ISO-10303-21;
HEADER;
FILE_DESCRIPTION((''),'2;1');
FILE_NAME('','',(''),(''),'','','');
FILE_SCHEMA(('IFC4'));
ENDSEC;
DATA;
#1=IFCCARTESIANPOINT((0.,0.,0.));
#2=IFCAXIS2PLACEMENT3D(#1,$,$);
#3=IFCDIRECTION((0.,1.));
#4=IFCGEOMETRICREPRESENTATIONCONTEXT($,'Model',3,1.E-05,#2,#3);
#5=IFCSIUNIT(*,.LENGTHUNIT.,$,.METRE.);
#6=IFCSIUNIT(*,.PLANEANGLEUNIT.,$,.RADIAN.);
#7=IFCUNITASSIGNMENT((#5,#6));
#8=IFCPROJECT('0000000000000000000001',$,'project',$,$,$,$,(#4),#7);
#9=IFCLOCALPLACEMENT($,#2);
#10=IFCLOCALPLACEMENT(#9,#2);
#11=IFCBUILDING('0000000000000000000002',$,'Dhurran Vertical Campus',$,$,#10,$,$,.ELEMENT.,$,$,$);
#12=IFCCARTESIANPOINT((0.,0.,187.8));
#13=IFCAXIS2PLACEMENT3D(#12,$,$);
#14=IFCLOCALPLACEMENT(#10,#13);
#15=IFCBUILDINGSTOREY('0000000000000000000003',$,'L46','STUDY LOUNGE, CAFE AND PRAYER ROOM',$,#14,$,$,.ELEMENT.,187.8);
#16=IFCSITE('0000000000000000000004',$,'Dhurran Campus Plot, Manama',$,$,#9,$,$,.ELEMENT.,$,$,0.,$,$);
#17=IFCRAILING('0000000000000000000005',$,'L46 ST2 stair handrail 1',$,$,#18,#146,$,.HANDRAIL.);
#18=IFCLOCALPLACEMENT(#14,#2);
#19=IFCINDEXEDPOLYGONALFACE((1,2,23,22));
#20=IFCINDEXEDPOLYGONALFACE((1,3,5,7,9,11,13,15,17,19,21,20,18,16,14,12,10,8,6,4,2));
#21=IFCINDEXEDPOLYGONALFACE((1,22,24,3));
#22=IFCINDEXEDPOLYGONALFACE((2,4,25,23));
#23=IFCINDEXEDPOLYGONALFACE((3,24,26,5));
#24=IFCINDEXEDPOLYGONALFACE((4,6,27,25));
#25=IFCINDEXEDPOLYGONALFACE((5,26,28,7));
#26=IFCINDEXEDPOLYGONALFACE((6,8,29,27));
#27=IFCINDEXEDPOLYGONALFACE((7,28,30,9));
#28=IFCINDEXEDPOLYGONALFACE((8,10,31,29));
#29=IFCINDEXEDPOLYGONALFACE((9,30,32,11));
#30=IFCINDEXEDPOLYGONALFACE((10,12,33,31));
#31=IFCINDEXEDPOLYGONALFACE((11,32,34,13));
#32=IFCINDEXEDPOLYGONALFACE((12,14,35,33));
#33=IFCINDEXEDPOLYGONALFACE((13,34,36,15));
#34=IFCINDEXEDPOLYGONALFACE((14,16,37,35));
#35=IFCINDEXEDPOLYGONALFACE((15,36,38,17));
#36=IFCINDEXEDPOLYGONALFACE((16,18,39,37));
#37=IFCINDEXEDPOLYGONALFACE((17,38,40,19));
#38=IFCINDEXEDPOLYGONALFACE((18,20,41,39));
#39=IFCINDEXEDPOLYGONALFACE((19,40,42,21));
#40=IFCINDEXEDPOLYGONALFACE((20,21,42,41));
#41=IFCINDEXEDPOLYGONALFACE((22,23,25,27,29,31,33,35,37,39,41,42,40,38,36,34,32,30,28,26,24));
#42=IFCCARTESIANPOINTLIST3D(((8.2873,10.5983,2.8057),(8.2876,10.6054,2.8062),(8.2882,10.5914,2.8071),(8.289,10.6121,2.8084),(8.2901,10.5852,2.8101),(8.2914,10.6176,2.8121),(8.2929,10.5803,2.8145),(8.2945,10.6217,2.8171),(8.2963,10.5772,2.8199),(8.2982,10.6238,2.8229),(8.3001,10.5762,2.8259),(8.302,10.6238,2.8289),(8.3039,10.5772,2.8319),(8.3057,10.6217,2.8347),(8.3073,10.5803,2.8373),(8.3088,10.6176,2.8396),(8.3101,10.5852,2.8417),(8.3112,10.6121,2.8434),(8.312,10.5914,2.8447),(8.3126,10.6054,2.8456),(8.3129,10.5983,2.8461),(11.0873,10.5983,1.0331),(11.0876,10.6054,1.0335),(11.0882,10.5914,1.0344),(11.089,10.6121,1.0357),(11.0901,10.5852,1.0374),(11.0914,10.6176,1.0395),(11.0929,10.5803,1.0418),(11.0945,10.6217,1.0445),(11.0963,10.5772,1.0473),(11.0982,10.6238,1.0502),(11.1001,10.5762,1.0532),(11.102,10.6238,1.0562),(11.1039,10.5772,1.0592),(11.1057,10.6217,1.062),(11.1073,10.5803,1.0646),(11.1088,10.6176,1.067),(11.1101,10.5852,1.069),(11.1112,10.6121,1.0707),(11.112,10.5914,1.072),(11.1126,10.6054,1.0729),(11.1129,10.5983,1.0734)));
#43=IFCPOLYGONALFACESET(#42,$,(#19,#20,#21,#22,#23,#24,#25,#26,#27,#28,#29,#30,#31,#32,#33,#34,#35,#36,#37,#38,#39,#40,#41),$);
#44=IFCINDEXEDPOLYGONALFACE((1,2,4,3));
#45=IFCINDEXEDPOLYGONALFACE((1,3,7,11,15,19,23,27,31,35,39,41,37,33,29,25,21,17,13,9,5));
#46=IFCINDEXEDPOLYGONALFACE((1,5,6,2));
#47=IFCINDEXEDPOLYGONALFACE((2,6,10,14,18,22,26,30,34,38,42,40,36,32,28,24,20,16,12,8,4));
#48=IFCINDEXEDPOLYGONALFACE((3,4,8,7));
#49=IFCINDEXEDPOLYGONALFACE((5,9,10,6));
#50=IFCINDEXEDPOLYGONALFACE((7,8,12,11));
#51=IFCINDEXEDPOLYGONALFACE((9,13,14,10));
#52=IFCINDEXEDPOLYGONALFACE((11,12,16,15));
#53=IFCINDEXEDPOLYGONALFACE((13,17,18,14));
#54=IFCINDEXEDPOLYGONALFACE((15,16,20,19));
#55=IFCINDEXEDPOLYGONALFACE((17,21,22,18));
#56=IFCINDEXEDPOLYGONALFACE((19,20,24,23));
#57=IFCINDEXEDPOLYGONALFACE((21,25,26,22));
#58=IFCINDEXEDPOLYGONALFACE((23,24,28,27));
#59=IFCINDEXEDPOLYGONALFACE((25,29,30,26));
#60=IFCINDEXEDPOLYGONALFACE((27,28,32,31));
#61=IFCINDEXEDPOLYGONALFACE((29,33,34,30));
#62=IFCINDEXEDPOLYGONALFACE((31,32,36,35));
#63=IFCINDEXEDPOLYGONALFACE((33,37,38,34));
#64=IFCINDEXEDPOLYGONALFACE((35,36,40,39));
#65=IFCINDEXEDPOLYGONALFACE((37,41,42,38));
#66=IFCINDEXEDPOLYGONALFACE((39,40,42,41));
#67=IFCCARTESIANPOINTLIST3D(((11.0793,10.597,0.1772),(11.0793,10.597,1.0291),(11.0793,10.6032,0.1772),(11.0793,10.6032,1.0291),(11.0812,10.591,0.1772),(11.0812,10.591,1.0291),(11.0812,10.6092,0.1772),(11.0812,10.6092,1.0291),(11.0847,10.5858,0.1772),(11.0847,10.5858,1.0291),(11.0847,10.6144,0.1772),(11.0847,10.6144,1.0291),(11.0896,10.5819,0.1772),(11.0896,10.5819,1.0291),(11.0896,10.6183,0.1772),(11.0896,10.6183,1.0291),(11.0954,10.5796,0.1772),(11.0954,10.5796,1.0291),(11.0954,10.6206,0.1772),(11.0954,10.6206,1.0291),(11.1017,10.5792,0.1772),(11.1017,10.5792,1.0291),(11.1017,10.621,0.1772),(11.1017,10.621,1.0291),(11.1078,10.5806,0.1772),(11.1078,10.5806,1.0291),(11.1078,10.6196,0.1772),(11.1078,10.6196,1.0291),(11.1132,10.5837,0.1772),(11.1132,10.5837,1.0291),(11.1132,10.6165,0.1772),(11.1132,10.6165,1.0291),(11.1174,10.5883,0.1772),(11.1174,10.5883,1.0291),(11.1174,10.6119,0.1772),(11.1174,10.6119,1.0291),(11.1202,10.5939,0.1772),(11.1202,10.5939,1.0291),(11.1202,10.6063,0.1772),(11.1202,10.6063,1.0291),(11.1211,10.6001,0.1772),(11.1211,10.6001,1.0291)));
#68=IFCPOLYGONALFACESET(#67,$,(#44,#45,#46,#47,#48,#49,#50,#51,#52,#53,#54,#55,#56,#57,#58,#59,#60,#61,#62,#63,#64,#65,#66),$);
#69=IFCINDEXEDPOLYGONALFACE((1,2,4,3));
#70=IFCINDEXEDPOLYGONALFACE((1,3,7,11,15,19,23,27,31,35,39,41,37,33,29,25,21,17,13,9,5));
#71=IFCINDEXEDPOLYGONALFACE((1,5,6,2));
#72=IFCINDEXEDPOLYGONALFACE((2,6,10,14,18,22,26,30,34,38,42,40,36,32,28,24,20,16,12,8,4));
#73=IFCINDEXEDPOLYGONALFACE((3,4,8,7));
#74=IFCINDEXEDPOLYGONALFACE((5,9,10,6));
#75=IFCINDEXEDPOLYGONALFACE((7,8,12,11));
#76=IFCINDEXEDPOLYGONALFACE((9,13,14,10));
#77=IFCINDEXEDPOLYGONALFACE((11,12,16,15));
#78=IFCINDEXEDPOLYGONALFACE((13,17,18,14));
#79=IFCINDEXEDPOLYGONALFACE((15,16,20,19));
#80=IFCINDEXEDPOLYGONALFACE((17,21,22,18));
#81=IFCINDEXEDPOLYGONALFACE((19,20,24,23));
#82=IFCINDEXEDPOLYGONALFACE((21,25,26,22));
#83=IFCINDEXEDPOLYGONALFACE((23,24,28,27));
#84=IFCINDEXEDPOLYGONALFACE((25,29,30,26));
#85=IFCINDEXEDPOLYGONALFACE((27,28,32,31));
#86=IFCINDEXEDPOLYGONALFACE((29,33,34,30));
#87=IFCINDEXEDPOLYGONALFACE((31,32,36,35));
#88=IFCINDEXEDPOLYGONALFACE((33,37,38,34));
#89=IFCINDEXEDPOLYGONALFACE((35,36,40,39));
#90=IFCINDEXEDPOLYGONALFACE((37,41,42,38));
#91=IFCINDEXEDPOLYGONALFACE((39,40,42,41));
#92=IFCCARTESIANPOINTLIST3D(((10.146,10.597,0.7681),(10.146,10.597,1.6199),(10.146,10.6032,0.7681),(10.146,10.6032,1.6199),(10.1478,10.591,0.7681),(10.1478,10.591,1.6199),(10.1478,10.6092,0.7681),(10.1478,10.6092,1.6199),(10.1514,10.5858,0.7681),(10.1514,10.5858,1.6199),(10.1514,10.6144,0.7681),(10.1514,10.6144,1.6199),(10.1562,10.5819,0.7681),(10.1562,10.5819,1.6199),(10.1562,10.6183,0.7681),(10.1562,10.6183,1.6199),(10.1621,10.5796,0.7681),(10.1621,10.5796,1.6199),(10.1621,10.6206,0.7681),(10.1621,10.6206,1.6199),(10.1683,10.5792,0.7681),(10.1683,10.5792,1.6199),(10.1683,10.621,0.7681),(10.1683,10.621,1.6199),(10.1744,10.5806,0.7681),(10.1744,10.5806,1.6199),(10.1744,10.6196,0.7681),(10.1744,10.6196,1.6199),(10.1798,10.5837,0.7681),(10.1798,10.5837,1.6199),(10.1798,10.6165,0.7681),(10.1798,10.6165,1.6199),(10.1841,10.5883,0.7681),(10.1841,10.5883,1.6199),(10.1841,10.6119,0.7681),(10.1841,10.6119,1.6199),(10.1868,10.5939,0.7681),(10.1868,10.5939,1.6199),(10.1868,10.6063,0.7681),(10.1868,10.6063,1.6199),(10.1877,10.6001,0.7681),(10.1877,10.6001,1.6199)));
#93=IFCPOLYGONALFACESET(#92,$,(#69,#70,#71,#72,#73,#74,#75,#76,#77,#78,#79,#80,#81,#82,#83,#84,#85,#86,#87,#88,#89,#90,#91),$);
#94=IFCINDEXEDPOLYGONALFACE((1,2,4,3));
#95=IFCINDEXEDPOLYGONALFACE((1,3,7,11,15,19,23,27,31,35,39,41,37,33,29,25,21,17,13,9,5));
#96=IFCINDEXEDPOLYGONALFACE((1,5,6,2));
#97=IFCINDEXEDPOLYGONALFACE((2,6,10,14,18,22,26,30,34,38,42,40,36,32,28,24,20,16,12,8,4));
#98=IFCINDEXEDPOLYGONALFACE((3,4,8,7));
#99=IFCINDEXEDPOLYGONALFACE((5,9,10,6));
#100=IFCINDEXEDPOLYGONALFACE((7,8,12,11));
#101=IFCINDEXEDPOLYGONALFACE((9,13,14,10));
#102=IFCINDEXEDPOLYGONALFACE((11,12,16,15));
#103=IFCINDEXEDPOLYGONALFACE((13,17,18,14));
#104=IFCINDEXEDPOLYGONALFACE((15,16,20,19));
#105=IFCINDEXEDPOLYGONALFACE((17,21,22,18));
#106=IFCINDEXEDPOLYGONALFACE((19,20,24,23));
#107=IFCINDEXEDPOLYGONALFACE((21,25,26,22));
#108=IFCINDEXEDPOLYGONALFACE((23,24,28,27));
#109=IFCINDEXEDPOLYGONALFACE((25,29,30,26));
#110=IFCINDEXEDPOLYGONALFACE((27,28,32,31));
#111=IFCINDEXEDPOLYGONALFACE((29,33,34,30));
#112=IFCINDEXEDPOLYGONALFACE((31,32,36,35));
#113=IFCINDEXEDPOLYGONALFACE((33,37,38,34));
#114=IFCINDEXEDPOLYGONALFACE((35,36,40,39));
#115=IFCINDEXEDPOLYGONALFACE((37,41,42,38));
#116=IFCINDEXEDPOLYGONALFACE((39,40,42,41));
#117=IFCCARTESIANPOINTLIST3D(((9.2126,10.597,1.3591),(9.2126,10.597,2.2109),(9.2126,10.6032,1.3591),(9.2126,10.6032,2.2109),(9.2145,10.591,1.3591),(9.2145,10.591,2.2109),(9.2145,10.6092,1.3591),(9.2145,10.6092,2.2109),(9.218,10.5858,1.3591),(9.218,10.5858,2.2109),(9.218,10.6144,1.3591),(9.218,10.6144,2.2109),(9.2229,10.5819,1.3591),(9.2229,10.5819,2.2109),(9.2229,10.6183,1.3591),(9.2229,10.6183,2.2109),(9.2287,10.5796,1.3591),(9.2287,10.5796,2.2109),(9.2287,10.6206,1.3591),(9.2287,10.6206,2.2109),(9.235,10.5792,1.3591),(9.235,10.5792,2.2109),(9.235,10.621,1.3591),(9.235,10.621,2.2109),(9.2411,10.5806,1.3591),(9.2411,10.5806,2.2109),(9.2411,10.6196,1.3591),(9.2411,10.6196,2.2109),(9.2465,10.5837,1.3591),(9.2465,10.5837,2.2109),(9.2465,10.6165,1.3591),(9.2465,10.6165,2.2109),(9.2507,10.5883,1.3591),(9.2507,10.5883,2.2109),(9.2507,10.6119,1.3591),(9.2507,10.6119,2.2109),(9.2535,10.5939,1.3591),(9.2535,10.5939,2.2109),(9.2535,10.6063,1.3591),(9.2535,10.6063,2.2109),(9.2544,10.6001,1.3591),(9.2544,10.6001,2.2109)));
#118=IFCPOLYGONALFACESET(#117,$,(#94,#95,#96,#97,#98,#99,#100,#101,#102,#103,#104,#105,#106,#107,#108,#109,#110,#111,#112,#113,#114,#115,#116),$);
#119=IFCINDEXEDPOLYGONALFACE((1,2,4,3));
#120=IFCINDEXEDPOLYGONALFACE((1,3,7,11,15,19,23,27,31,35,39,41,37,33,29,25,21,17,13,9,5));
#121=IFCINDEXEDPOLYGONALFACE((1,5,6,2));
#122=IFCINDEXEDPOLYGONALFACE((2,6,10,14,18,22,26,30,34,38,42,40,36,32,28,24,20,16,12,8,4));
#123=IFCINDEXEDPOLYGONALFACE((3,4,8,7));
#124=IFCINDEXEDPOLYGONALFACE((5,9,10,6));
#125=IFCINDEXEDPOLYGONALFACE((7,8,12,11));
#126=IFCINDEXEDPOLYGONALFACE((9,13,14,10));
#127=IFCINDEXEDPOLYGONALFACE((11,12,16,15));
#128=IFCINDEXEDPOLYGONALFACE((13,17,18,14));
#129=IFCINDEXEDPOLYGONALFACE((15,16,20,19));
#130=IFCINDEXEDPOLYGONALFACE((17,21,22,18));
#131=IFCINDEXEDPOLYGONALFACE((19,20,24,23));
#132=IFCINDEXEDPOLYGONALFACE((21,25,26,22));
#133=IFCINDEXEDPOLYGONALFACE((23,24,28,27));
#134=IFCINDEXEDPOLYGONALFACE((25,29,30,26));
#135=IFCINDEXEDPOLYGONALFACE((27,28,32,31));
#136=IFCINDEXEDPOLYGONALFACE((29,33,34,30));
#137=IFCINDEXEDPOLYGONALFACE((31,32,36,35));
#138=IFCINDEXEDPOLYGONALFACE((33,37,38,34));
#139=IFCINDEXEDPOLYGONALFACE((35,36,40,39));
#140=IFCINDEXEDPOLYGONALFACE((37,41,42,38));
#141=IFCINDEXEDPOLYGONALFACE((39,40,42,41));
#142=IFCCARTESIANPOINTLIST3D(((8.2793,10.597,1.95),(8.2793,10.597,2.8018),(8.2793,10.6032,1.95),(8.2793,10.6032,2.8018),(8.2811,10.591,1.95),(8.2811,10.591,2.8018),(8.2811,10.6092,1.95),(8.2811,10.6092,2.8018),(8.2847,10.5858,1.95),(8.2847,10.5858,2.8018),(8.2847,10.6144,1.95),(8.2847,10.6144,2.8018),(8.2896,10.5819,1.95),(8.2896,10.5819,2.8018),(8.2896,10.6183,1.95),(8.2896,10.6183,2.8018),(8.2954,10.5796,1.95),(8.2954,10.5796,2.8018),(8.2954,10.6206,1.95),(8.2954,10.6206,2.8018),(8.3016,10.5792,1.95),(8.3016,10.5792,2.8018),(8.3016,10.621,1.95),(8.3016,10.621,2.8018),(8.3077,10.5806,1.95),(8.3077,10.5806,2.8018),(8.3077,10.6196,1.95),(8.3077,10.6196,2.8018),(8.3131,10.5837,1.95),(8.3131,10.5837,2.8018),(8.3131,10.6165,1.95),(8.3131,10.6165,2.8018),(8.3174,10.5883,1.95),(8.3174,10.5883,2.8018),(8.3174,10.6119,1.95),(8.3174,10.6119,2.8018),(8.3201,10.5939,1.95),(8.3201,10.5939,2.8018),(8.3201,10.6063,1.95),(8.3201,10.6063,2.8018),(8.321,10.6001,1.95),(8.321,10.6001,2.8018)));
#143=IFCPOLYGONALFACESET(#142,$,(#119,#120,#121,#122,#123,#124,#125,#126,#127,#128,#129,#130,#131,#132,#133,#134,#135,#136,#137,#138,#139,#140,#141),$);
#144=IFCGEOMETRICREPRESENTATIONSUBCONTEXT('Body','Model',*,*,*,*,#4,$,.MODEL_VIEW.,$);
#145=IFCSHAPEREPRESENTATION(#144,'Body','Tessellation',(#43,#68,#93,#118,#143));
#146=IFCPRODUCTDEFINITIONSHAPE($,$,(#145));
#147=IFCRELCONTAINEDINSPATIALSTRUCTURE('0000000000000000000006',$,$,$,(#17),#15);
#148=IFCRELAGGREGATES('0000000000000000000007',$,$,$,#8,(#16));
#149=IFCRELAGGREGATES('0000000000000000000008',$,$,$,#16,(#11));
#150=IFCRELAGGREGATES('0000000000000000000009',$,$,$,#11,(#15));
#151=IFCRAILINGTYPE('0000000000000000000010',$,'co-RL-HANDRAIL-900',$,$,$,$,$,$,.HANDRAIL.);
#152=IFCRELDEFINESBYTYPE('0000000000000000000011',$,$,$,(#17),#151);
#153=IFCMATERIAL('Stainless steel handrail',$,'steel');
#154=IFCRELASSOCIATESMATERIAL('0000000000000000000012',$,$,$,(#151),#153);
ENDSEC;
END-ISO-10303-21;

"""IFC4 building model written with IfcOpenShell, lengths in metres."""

from ifc_helpers import new_model, si_unit, direction, frame, origin, origin_2d, place, context, subcontext, project, spatial, circle, extrude, material, type_object, element, save


model = new_model("IFC4")

# Units and contexts
model_context = context("Model", 3, precision=1e-05, world=origin(), true_north=direction((0.0, 1.0)))
body_context = subcontext(model_context, "Body", "Model", "MODEL_VIEW")
ifc_project = project(units=[si_unit("LENGTHUNIT", "METRE"), si_unit("PLANEANGLEUNIT", "RADIAN")], contexts=[model_context])

# Site, building, storey
site_placement = place(None, origin())
site = spatial("IfcSite", under=ifc_project, at=site_placement, Name="Dhurran Campus Plot, Manama", CompositionType="ELEMENT", RefElevation=0.0)
building_placement = place(site_placement, origin())
building = spatial("IfcBuilding", under=site, at=building_placement, Name="Dhurran Vertical Campus", CompositionType="ELEMENT")
storey_placement = place(building_placement, frame((0.0, 0.0, 187.8)))
storey = spatial("IfcBuildingStorey", under=building, at=storey_placement, Name="L46", Description="STUDY LOUNGE, CAFE AND PRAYER ROOM", CompositionType="ELEMENT", Elevation=187.8)

# Railing
ifc_material_1 = material(Name="Stainless steel handrail", Category="steel")
railing_type_1 = type_object("IfcRailingType", Name="co-RL-HANDRAIL-900", PredefinedType="HANDRAIL", material=ifc_material_1)
railing_1_placement = place(storey_placement, frame((11.1001, 10.6001, 0.1772)))
element("IfcRailing", 1, at=railing_1_placement, inside=storey, type_object=railing_type_1, Name="L46 ST2 stair handrail 1", PredefinedType="HANDRAIL", context=body_context, shape_type="SweptSolid", body=[
    extrude(circle(Radius=0.0239, at=origin_2d()), frame((0.0, 0.0, 0.876), z_axis=(-0.844909, 0.0, 0.53491), x_axis=(0.0, -1.0, 0.0)), (0.0, 0.0, 1.0), 3.314),
    extrude(circle(Radius=0.021, at=origin_2d()), origin(), (0.0, 0.0, 1.0), 0.8518),
    extrude(circle(Radius=0.021, at=origin_2d()), frame((-0.9333, 0.0, 0.5908)), (0.0, 0.0, 1.0), 0.8518),
    extrude(circle(Radius=0.021, at=origin_2d()), frame((-1.8667, 0.0, 1.1819)), (0.0, 0.0, 1.0), 0.8518),
    extrude(circle(Radius=0.021, at=origin_2d()), frame((-2.8, 0.0, 1.7727)), (0.0, 0.0, 1.0), 0.8518),
])

save(model, "model.ifc")
